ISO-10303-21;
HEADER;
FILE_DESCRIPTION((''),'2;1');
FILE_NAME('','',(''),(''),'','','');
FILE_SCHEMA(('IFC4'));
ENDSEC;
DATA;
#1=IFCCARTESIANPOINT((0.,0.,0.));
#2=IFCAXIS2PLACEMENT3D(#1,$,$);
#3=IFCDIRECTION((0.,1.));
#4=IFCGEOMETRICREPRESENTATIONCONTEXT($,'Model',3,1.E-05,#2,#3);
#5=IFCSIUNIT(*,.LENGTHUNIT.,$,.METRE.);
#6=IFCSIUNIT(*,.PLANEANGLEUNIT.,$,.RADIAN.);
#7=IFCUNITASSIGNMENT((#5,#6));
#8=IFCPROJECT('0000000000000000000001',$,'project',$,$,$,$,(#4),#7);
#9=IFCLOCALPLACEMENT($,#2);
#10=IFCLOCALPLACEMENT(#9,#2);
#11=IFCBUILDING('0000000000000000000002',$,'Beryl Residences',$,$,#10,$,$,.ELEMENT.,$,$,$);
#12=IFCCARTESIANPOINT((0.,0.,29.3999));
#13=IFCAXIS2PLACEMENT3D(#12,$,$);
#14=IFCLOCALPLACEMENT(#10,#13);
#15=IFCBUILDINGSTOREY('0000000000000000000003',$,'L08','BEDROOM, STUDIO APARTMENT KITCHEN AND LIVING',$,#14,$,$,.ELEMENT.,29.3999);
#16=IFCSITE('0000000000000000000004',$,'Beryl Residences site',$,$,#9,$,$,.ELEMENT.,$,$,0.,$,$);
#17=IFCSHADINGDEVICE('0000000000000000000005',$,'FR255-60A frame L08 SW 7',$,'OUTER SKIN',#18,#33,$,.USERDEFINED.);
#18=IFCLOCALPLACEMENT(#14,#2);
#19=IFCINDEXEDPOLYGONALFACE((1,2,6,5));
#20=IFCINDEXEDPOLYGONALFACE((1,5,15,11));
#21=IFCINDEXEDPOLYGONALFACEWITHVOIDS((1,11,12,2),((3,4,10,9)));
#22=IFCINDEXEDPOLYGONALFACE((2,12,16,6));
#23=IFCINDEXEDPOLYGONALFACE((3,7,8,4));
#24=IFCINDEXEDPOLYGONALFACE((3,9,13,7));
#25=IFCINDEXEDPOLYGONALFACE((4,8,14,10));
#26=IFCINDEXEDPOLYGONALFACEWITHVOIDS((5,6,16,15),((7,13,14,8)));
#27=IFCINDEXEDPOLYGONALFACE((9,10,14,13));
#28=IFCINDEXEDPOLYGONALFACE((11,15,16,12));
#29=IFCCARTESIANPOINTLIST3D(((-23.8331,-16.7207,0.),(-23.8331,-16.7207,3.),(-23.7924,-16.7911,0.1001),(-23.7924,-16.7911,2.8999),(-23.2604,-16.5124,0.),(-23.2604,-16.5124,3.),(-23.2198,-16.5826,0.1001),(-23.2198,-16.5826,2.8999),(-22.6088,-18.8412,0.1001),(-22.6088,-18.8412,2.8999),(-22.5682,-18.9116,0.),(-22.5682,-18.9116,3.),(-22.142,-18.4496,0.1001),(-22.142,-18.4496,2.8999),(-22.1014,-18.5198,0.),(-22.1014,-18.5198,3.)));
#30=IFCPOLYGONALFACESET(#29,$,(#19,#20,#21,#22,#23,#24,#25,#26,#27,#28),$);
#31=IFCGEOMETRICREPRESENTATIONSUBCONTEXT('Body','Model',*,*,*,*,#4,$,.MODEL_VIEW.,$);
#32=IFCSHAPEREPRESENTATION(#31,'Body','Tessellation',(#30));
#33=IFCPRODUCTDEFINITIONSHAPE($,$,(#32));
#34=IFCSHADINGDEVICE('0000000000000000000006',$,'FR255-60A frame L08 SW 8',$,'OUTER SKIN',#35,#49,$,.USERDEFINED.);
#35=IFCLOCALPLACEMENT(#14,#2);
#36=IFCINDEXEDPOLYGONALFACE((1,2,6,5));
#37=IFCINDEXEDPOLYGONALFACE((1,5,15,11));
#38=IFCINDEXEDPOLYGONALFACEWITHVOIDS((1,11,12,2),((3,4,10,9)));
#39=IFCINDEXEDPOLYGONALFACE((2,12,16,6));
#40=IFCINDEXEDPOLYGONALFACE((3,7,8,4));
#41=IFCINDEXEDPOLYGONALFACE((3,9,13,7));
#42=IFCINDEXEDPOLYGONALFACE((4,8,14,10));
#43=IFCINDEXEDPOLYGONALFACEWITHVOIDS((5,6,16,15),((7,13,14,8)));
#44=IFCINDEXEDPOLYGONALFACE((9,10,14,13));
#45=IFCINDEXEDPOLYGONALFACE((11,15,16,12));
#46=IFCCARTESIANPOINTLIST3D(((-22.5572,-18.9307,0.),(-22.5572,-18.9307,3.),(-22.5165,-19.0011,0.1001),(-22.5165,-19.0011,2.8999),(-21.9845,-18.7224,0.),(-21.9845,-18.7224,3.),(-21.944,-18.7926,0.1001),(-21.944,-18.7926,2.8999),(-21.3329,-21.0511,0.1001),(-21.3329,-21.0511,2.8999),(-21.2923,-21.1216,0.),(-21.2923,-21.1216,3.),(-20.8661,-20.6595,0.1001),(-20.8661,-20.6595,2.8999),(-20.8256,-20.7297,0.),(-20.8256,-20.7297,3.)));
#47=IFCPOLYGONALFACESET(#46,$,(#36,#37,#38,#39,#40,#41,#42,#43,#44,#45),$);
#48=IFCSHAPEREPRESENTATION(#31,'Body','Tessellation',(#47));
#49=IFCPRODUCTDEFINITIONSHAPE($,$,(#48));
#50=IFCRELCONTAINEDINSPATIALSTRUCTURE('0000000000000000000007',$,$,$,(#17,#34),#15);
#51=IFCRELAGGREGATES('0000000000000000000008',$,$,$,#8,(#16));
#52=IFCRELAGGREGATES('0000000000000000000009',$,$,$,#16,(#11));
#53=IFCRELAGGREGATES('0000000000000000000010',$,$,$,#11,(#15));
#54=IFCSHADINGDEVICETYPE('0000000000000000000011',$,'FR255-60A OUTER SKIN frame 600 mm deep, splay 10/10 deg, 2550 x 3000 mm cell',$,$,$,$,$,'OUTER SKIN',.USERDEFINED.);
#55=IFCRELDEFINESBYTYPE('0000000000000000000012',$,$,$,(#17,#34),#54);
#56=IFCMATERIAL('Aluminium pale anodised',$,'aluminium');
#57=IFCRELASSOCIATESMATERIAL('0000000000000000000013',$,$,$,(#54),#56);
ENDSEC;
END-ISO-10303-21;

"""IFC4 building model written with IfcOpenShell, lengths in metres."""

from ifc_helpers import new_model, entity, si_unit, direction, frame, origin, place, context, subcontext, project, spatial, source, transform, mapped, material, type_object, type_shapes, element, save


model = new_model("IFC4")

# Units and contexts
model_context = context("Model", 3, precision=1e-05, world=origin(), true_north=direction((0.0, 1.0)))
body_context = subcontext(model_context, "Body", "Model", "MODEL_VIEW")
ifc_project = project(units=[si_unit("LENGTHUNIT", "METRE"), si_unit("PLANEANGLEUNIT", "RADIAN")], contexts=[model_context])

# Site, building, storey
site_placement = place(None, origin())
site = spatial("IfcSite", under=ifc_project, at=site_placement, Name="Beryl Residences site", CompositionType="ELEMENT", RefElevation=0.0)
building_placement = place(site_placement, origin())
building = spatial("IfcBuilding", under=site, at=building_placement, Name="Beryl Residences", CompositionType="ELEMENT")
storey_placement = place(building_placement, frame((0.0, 0.0, 29.3999)))
storey = spatial("IfcBuildingStorey", under=building, at=storey_placement, Name="L08", Description="BEDROOM, STUDIO APARTMENT KITCHEN AND LIVING", CompositionType="ELEMENT", Elevation=29.3999)

# Shading devices
ifc_material_1 = material(Name="Aluminium pale anodised", Category="aluminium")
shading_device_type = type_object("IfcShadingDeviceType", Name="FR255-60A OUTER SKIN frame 600 mm deep, splay 10/10 deg, 2550 x 3000 mm cell", ElementType="OUTER SKIN", PredefinedType="USERDEFINED", material=ifc_material_1)
cartesian_point_1 = entity("IfcCartesianPoint", [-1.1589, 0.0])
cartesian_point_2 = entity("IfcCartesianPoint", [-1.0779, 0.1001])
cartesian_point_3 = entity("IfcCartesianPoint", [-1.2649, 0.0])
cartesian_point_4 = entity("IfcCartesianPoint", [-1.1836, 0.1001])
shared_shape = source(origin(), body_context, "Body", "SweptSolid", [
    entity("IfcExtrudedAreaSolidTapered", entity("IfcArbitraryProfileDefWithVoids", "AREA", None, entity("IfcPolyline", [cartesian_point_1, entity("IfcCartesianPoint", [1.1589, 0.0]), entity("IfcCartesianPoint", [1.1589, 3.0]), entity("IfcCartesianPoint", [-1.1589, 3.0]), cartesian_point_1]), [entity("IfcPolyline", [cartesian_point_2, entity("IfcCartesianPoint", [1.0779, 0.1001]), entity("IfcCartesianPoint", [1.0779, 2.8999]), entity("IfcCartesianPoint", [-1.0779, 2.8999]), cartesian_point_2])]), entity("IfcAxis2Placement3D", entity("IfcCartesianPoint", [0.0, 0.0, 0.0]), entity("IfcDirection", [0.0, 1.0, 0.0]), entity("IfcDirection", [-1.0, 0.0, 0.0])), entity("IfcDirection", [0.0, 0.0, 1.0]), 0.6001, entity("IfcArbitraryProfileDefWithVoids", "AREA", None, entity("IfcPolyline", [cartesian_point_3, entity("IfcCartesianPoint", [1.2649, 0.0]), entity("IfcCartesianPoint", [1.2649, 3.0]), entity("IfcCartesianPoint", [-1.2649, 3.0]), cartesian_point_3]), [entity("IfcPolyline", [cartesian_point_4, entity("IfcCartesianPoint", [1.1836, 0.1001]), entity("IfcCartesianPoint", [1.1836, 2.8999]), entity("IfcCartesianPoint", [-1.1836, 2.8999]), cartesian_point_4])])),
])
type_shapes(shading_device_type, [shared_shape])
for number, where, z_axis, x_axis, name in (
    (1, (-22.6809, -17.5161, 0.0), (0.0, 0.0, 1.0), (-0.5, 0.866025, 0.0), "FR255-60A frame L08 SW 7"),
    (2, (-21.405, -19.7261, 0.0), (0.0, 0.0, 1.0), (-0.5, 0.866025, 0.0), "FR255-60A frame L08 SW 8"),
):
    element("IfcShadingDevice", number, at=place(storey_placement, frame(where, z_axis=z_axis, x_axis=x_axis)), inside=storey, type_object=shading_device_type, Name=name, ObjectType="OUTER SKIN", PredefinedType="USERDEFINED", context=body_context, shape_type="MappedRepresentation", body=[
        mapped(shared_shape, transform((0.0, 0.0, 0.0))),
    ])

save(model, "model.ifc")
